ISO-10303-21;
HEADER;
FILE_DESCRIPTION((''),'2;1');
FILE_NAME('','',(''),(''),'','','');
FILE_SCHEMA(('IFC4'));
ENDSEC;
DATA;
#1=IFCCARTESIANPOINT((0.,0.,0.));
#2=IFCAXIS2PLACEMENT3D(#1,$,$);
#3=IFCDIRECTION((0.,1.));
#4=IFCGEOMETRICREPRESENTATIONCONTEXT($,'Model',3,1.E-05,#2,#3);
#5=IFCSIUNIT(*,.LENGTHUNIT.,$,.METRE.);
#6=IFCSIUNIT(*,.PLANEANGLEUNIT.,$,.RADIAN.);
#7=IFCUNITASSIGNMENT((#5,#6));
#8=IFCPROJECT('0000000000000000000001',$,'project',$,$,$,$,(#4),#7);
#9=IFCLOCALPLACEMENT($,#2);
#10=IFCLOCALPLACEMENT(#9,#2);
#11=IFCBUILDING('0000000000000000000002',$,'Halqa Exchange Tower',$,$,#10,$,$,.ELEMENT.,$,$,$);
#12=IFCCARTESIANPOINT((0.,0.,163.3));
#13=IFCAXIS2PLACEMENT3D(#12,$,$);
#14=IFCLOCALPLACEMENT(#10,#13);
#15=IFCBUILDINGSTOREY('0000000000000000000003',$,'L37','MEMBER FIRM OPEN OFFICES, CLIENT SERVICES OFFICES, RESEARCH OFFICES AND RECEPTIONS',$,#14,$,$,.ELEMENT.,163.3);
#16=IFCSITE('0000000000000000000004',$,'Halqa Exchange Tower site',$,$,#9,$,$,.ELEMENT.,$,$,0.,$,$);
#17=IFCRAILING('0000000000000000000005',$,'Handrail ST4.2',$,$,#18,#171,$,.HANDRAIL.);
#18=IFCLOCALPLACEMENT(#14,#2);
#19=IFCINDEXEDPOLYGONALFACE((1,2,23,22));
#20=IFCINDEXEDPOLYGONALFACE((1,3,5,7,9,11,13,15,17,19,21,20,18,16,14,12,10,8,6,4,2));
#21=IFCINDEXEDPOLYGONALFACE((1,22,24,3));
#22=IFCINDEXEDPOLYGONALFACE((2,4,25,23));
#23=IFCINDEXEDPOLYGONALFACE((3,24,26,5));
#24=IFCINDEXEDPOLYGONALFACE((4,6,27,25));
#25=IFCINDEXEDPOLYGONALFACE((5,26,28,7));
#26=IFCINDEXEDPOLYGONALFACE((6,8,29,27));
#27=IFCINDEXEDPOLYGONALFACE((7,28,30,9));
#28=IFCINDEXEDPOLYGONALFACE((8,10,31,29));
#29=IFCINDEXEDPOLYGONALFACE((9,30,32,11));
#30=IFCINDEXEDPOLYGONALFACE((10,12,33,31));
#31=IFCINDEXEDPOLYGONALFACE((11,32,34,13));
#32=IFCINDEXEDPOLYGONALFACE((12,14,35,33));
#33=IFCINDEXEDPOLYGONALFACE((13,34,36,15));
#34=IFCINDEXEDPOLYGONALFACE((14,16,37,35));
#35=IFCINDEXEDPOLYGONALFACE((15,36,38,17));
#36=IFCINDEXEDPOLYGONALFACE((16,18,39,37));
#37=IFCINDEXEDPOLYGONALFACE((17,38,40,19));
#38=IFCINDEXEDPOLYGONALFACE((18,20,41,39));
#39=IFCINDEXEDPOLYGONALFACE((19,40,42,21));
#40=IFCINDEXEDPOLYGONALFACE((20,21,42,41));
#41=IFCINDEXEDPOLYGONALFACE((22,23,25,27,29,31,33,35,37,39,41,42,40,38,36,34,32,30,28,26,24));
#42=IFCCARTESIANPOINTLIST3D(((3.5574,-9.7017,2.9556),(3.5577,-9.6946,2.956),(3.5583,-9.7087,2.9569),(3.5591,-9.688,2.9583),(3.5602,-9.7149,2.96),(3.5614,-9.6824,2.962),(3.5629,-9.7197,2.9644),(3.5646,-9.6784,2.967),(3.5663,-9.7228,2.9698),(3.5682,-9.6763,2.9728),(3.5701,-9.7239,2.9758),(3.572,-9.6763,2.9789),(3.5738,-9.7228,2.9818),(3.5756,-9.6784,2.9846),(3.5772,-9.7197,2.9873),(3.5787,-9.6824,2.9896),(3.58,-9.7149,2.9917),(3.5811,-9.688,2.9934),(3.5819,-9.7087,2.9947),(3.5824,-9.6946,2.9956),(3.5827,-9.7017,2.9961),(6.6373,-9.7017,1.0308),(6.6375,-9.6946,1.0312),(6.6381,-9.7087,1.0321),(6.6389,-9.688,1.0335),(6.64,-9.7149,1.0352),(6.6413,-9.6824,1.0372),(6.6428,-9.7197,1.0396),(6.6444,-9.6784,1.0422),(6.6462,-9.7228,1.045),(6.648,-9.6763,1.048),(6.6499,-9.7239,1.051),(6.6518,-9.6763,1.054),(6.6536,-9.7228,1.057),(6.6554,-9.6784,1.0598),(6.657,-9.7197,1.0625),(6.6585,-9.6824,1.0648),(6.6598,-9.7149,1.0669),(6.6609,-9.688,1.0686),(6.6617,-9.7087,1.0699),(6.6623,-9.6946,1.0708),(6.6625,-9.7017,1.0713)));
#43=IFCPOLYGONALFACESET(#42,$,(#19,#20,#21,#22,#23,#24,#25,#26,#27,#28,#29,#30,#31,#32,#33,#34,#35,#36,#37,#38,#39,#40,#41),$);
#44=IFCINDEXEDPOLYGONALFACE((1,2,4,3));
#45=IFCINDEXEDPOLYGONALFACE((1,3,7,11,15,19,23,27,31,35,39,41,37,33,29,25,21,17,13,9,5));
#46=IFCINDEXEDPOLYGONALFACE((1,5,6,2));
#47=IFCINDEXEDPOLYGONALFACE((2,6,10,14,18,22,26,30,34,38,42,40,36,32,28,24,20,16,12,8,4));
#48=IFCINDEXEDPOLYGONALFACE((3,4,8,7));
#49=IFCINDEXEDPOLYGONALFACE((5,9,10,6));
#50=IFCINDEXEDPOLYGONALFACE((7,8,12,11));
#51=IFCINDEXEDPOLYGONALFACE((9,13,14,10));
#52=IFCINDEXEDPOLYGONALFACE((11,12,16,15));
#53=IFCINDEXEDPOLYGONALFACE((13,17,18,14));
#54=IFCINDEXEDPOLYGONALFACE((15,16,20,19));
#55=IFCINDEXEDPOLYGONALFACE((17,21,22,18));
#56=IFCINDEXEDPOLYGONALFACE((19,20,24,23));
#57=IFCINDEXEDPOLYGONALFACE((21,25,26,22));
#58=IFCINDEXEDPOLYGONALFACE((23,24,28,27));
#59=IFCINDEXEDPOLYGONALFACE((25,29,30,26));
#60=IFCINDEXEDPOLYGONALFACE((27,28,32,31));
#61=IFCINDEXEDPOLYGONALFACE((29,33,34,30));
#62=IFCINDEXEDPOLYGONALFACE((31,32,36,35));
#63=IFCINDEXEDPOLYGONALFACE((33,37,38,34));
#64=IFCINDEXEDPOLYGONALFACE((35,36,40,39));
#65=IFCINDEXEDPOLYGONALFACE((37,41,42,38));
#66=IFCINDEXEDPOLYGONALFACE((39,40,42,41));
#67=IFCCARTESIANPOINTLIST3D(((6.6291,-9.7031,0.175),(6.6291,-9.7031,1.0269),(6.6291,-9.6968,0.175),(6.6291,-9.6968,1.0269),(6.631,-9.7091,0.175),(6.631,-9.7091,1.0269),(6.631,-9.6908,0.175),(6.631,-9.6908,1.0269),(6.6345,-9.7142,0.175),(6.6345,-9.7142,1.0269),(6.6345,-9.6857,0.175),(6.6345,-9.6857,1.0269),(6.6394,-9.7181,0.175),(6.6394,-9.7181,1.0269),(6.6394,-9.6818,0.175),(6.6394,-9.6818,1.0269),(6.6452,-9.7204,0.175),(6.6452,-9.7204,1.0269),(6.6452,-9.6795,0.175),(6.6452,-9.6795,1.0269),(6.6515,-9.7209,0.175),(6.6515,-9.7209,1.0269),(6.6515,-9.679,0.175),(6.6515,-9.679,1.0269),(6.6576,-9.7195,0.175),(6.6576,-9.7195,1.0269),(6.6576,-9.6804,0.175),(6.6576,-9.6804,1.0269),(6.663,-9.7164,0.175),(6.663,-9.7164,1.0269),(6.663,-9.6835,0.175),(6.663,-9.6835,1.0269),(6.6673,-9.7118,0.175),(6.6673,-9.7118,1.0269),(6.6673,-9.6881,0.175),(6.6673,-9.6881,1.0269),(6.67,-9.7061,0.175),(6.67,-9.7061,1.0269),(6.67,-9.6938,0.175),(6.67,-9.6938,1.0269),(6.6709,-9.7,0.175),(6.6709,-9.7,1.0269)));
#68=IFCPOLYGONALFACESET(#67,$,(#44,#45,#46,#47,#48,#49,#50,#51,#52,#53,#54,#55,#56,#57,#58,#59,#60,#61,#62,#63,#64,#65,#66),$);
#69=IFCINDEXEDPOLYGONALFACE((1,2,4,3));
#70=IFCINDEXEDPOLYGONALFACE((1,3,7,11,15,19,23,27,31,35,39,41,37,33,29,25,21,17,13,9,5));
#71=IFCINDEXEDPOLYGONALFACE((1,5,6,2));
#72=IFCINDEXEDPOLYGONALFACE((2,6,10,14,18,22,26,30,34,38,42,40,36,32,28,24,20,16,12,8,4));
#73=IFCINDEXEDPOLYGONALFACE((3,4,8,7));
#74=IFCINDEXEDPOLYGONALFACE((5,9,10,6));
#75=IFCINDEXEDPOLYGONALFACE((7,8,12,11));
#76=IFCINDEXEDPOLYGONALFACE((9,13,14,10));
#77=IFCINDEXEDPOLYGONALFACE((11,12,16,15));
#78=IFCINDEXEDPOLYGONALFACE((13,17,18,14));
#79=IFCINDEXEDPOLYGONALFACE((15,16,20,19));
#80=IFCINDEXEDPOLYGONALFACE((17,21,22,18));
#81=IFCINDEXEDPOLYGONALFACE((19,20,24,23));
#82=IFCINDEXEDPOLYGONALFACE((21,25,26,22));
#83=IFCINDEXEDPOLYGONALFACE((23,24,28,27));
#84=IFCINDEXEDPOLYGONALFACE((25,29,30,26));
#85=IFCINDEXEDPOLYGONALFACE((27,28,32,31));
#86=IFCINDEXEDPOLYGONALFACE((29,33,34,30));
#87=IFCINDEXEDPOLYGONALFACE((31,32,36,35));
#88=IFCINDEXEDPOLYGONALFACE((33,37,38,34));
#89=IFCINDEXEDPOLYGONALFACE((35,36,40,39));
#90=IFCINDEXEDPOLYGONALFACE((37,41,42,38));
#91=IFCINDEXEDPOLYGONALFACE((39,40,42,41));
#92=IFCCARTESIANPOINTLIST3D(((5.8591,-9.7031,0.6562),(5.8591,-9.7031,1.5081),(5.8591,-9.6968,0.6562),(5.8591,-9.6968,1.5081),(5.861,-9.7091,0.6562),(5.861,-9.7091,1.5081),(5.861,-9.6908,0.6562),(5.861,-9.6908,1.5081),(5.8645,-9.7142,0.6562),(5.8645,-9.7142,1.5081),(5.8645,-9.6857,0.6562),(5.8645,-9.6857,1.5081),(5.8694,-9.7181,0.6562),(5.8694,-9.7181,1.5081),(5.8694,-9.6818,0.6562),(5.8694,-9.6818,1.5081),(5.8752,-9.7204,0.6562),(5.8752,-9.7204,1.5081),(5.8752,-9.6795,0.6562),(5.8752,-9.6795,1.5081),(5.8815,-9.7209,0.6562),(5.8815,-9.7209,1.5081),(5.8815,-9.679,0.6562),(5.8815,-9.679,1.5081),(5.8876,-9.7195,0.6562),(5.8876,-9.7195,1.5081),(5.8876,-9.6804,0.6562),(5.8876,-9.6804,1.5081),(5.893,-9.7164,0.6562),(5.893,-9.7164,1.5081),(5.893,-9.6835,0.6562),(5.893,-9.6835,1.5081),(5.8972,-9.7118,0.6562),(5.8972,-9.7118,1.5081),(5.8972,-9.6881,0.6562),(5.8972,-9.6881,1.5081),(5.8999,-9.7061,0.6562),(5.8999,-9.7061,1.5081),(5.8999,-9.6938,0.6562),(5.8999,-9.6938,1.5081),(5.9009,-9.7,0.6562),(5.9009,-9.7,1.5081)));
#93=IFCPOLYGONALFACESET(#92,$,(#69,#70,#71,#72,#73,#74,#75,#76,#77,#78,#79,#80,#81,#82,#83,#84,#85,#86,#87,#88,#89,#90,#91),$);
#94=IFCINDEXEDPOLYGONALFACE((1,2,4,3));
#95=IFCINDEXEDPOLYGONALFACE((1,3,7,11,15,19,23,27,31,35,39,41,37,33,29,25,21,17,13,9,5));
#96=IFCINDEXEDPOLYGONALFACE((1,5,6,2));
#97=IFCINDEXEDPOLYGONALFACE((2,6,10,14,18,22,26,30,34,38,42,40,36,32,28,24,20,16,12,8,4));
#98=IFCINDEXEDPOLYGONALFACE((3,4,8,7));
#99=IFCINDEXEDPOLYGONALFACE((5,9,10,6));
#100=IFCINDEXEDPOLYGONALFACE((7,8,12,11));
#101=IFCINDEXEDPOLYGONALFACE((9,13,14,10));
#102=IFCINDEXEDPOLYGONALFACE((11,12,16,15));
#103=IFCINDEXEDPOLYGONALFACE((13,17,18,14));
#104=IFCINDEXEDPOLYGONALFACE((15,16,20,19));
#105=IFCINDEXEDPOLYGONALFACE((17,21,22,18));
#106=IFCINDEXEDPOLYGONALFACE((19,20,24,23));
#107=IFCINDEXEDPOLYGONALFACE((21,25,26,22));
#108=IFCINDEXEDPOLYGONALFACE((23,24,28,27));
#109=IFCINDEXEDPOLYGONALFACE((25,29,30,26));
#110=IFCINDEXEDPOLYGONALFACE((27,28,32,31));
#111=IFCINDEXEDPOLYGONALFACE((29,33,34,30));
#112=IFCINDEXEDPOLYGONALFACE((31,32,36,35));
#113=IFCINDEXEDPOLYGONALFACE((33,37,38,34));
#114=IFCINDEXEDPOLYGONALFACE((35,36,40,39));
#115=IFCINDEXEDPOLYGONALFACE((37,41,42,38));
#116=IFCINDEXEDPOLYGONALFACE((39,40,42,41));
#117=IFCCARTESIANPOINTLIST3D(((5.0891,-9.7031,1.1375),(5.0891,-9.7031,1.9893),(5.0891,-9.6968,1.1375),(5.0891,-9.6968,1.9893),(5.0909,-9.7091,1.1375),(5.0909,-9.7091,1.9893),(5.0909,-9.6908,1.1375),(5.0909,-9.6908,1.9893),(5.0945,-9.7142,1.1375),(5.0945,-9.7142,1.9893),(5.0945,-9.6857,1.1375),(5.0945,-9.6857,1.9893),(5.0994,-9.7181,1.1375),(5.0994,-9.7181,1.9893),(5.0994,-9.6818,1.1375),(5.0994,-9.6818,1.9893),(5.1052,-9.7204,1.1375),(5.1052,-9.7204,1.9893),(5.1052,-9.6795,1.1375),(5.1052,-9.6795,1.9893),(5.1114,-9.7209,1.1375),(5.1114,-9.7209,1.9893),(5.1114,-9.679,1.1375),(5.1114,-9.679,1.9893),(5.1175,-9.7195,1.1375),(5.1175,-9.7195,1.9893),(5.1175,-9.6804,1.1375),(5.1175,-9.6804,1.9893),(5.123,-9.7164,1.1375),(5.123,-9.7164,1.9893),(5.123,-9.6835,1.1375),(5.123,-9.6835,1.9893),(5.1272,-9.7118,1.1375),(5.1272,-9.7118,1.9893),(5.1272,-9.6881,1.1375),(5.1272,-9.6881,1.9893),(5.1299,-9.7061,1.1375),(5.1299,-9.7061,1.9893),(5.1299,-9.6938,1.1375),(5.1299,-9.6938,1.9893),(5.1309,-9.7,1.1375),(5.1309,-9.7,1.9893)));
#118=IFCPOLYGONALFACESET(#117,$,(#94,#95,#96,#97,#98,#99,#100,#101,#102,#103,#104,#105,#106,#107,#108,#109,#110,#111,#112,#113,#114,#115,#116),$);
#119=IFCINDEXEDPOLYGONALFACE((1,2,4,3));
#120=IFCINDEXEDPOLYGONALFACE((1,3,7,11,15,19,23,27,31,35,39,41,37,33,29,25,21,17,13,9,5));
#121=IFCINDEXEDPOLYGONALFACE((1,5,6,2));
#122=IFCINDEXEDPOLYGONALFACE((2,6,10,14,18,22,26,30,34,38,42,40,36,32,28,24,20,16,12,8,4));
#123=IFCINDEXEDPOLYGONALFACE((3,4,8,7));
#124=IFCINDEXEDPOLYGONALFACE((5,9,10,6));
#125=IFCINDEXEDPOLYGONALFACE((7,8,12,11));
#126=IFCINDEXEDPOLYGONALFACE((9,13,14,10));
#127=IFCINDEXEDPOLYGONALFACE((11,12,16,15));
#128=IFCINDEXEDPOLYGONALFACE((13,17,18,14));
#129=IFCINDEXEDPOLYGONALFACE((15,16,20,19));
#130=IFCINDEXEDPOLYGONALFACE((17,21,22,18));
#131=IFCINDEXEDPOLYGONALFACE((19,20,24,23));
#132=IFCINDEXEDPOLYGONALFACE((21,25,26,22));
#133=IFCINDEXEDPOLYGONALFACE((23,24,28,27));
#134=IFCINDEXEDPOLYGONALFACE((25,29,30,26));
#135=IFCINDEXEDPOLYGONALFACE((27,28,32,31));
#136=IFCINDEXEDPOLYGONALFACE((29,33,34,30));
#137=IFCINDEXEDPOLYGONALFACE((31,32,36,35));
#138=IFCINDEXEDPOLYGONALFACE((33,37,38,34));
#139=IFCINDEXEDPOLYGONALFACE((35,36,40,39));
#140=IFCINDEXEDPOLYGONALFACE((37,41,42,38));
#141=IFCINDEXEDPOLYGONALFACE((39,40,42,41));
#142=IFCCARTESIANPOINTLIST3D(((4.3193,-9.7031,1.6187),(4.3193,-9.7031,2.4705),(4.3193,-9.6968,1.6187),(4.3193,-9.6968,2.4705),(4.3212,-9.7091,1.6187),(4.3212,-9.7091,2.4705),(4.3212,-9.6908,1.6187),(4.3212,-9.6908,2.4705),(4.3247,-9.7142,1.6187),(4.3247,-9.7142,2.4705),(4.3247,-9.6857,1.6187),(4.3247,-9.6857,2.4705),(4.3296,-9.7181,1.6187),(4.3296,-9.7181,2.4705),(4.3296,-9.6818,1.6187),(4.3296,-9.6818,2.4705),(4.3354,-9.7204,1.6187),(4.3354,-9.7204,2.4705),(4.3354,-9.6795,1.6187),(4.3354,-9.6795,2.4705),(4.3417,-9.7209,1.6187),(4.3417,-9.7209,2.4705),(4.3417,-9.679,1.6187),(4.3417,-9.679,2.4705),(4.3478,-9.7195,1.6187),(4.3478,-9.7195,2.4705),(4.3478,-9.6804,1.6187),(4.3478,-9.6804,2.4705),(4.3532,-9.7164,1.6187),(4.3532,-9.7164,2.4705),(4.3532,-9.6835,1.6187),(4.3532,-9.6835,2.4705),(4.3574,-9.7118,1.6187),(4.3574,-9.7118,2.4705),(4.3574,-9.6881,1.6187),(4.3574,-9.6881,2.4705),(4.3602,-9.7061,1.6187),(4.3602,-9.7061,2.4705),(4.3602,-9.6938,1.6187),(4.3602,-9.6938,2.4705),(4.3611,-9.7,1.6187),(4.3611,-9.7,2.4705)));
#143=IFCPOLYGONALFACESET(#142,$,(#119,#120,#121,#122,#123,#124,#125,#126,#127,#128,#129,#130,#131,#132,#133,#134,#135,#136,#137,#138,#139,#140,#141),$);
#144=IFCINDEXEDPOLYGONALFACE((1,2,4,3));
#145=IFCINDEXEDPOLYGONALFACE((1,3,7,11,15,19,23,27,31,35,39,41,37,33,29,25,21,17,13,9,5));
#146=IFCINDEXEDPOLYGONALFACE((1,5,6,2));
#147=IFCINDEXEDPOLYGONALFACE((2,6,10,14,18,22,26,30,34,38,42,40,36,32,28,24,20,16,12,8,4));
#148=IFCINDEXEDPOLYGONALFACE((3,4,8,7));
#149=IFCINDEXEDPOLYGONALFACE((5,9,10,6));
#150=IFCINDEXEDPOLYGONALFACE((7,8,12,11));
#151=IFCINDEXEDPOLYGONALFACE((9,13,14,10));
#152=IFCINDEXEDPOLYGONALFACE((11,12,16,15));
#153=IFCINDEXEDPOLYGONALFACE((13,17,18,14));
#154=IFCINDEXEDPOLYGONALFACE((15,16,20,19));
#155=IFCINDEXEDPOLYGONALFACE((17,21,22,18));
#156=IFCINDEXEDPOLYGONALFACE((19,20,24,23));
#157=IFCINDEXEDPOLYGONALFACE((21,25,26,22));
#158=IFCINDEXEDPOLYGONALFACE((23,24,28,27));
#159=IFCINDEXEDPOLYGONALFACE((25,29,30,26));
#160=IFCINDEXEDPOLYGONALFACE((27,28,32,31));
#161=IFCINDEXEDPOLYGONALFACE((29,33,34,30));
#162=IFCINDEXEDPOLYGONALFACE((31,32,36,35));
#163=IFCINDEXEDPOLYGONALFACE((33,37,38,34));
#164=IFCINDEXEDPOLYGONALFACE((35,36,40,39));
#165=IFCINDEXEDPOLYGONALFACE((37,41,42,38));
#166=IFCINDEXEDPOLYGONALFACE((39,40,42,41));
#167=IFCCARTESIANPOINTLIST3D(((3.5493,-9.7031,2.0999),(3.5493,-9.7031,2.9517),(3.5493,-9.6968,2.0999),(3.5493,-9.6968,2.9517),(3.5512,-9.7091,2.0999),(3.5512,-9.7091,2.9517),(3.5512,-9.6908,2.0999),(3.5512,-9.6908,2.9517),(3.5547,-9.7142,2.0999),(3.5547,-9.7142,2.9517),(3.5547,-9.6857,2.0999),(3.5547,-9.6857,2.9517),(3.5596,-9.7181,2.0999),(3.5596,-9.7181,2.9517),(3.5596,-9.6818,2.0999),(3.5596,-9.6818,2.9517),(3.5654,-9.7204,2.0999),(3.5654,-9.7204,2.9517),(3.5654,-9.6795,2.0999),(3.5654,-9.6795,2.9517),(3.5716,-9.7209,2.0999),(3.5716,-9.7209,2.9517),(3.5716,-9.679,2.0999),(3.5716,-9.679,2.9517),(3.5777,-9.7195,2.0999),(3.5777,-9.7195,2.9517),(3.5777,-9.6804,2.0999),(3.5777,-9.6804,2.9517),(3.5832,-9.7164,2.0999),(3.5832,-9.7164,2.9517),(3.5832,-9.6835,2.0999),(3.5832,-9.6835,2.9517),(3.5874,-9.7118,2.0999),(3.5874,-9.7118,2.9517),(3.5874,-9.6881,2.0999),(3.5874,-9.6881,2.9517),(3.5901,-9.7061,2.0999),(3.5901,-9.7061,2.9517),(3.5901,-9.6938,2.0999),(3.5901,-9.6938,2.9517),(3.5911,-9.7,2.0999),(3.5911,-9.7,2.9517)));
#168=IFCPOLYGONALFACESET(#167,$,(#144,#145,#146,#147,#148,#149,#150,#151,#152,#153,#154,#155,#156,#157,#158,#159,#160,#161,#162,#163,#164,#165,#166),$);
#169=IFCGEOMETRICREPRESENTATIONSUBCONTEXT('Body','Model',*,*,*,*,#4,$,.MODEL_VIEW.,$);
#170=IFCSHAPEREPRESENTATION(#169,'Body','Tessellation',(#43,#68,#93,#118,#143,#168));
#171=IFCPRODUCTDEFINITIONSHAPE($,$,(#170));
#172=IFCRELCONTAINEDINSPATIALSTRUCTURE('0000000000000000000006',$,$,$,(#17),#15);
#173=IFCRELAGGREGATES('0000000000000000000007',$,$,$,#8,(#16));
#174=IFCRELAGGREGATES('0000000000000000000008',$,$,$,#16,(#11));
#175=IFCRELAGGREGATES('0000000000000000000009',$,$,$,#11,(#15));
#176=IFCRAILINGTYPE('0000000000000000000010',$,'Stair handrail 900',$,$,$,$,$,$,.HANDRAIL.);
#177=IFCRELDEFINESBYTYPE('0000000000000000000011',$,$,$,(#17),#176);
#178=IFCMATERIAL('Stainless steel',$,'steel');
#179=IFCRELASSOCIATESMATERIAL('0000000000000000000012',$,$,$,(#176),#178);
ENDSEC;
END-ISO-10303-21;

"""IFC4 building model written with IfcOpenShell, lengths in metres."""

from ifc_helpers import new_model, si_unit, direction, frame, origin, origin_2d, place, context, subcontext, project, spatial, circle, extrude, material, type_object, element, save


model = new_model("IFC4")

# Units and contexts
model_context = context("Model", 3, precision=1e-05, world=origin(), true_north=direction((0.0, 1.0)))
body_context = subcontext(model_context, "Body", "Model", "MODEL_VIEW")
ifc_project = project(units=[si_unit("LENGTHUNIT", "METRE"), si_unit("PLANEANGLEUNIT", "RADIAN")], contexts=[model_context])

# Site, building, storey
site_placement = place(None, origin())
site = spatial("IfcSite", under=ifc_project, at=site_placement, Name="Halqa Exchange Tower site", CompositionType="ELEMENT", RefElevation=0.0)
building_placement = place(site_placement, origin())
building = spatial("IfcBuilding", under=site, at=building_placement, Name="Halqa Exchange Tower", CompositionType="ELEMENT")
storey_placement = place(building_placement, frame((0.0, 0.0, 163.3)))
storey = spatial("IfcBuildingStorey", under=building, at=storey_placement, Name="L37", Description="MEMBER FIRM OPEN OFFICES, CLIENT SERVICES OFFICES, RESEARCH OFFICES AND RECEPTIONS", CompositionType="ELEMENT", Elevation=163.3)

# Railing
ifc_material_1 = material(Name="Stainless steel", Category="steel")
railing_type_1 = type_object("IfcRailingType", Name="Stair handrail 900", PredefinedType="HANDRAIL", material=ifc_material_1)
railing_1_placement = place(storey_placement, frame((6.6499, -9.7, 0.175)))
element("IfcRailing", 1, at=railing_1_placement, inside=storey, type_object=railing_type_1, Name="Handrail ST4.2", PredefinedType="HANDRAIL", context=body_context, shape_type="SweptSolid", body=[
    extrude(circle(Radius=0.0239, at=origin_2d()), frame((0.0, 0.0, 0.876), z_axis=(-0.84801, 0.0, 0.529981), x_axis=(0.0, -1.0, 0.0)), (0.0, 0.0, 1.0), 3.6318),
    extrude(circle(Radius=0.021, at=origin_2d()), origin(), (0.0, 0.0, 1.0), 0.8518),
    extrude(circle(Radius=0.021, at=origin_2d()), frame((-0.77, 0.0, 0.4812)), (0.0, 0.0, 1.0), 0.8518),
    extrude(circle(Radius=0.021, at=origin_2d()), frame((-1.54, 0.0, 0.9624)), (0.0, 0.0, 1.0), 0.8518),
    extrude(circle(Radius=0.021, at=origin_2d()), frame((-2.3098, 0.0, 1.4436)), (0.0, 0.0, 1.0), 0.8518),
    extrude(circle(Radius=0.021, at=origin_2d()), frame((-3.0798, 0.0, 1.9248)), (0.0, 0.0, 1.0), 0.8518),
])

save(model, "model.ifc")
